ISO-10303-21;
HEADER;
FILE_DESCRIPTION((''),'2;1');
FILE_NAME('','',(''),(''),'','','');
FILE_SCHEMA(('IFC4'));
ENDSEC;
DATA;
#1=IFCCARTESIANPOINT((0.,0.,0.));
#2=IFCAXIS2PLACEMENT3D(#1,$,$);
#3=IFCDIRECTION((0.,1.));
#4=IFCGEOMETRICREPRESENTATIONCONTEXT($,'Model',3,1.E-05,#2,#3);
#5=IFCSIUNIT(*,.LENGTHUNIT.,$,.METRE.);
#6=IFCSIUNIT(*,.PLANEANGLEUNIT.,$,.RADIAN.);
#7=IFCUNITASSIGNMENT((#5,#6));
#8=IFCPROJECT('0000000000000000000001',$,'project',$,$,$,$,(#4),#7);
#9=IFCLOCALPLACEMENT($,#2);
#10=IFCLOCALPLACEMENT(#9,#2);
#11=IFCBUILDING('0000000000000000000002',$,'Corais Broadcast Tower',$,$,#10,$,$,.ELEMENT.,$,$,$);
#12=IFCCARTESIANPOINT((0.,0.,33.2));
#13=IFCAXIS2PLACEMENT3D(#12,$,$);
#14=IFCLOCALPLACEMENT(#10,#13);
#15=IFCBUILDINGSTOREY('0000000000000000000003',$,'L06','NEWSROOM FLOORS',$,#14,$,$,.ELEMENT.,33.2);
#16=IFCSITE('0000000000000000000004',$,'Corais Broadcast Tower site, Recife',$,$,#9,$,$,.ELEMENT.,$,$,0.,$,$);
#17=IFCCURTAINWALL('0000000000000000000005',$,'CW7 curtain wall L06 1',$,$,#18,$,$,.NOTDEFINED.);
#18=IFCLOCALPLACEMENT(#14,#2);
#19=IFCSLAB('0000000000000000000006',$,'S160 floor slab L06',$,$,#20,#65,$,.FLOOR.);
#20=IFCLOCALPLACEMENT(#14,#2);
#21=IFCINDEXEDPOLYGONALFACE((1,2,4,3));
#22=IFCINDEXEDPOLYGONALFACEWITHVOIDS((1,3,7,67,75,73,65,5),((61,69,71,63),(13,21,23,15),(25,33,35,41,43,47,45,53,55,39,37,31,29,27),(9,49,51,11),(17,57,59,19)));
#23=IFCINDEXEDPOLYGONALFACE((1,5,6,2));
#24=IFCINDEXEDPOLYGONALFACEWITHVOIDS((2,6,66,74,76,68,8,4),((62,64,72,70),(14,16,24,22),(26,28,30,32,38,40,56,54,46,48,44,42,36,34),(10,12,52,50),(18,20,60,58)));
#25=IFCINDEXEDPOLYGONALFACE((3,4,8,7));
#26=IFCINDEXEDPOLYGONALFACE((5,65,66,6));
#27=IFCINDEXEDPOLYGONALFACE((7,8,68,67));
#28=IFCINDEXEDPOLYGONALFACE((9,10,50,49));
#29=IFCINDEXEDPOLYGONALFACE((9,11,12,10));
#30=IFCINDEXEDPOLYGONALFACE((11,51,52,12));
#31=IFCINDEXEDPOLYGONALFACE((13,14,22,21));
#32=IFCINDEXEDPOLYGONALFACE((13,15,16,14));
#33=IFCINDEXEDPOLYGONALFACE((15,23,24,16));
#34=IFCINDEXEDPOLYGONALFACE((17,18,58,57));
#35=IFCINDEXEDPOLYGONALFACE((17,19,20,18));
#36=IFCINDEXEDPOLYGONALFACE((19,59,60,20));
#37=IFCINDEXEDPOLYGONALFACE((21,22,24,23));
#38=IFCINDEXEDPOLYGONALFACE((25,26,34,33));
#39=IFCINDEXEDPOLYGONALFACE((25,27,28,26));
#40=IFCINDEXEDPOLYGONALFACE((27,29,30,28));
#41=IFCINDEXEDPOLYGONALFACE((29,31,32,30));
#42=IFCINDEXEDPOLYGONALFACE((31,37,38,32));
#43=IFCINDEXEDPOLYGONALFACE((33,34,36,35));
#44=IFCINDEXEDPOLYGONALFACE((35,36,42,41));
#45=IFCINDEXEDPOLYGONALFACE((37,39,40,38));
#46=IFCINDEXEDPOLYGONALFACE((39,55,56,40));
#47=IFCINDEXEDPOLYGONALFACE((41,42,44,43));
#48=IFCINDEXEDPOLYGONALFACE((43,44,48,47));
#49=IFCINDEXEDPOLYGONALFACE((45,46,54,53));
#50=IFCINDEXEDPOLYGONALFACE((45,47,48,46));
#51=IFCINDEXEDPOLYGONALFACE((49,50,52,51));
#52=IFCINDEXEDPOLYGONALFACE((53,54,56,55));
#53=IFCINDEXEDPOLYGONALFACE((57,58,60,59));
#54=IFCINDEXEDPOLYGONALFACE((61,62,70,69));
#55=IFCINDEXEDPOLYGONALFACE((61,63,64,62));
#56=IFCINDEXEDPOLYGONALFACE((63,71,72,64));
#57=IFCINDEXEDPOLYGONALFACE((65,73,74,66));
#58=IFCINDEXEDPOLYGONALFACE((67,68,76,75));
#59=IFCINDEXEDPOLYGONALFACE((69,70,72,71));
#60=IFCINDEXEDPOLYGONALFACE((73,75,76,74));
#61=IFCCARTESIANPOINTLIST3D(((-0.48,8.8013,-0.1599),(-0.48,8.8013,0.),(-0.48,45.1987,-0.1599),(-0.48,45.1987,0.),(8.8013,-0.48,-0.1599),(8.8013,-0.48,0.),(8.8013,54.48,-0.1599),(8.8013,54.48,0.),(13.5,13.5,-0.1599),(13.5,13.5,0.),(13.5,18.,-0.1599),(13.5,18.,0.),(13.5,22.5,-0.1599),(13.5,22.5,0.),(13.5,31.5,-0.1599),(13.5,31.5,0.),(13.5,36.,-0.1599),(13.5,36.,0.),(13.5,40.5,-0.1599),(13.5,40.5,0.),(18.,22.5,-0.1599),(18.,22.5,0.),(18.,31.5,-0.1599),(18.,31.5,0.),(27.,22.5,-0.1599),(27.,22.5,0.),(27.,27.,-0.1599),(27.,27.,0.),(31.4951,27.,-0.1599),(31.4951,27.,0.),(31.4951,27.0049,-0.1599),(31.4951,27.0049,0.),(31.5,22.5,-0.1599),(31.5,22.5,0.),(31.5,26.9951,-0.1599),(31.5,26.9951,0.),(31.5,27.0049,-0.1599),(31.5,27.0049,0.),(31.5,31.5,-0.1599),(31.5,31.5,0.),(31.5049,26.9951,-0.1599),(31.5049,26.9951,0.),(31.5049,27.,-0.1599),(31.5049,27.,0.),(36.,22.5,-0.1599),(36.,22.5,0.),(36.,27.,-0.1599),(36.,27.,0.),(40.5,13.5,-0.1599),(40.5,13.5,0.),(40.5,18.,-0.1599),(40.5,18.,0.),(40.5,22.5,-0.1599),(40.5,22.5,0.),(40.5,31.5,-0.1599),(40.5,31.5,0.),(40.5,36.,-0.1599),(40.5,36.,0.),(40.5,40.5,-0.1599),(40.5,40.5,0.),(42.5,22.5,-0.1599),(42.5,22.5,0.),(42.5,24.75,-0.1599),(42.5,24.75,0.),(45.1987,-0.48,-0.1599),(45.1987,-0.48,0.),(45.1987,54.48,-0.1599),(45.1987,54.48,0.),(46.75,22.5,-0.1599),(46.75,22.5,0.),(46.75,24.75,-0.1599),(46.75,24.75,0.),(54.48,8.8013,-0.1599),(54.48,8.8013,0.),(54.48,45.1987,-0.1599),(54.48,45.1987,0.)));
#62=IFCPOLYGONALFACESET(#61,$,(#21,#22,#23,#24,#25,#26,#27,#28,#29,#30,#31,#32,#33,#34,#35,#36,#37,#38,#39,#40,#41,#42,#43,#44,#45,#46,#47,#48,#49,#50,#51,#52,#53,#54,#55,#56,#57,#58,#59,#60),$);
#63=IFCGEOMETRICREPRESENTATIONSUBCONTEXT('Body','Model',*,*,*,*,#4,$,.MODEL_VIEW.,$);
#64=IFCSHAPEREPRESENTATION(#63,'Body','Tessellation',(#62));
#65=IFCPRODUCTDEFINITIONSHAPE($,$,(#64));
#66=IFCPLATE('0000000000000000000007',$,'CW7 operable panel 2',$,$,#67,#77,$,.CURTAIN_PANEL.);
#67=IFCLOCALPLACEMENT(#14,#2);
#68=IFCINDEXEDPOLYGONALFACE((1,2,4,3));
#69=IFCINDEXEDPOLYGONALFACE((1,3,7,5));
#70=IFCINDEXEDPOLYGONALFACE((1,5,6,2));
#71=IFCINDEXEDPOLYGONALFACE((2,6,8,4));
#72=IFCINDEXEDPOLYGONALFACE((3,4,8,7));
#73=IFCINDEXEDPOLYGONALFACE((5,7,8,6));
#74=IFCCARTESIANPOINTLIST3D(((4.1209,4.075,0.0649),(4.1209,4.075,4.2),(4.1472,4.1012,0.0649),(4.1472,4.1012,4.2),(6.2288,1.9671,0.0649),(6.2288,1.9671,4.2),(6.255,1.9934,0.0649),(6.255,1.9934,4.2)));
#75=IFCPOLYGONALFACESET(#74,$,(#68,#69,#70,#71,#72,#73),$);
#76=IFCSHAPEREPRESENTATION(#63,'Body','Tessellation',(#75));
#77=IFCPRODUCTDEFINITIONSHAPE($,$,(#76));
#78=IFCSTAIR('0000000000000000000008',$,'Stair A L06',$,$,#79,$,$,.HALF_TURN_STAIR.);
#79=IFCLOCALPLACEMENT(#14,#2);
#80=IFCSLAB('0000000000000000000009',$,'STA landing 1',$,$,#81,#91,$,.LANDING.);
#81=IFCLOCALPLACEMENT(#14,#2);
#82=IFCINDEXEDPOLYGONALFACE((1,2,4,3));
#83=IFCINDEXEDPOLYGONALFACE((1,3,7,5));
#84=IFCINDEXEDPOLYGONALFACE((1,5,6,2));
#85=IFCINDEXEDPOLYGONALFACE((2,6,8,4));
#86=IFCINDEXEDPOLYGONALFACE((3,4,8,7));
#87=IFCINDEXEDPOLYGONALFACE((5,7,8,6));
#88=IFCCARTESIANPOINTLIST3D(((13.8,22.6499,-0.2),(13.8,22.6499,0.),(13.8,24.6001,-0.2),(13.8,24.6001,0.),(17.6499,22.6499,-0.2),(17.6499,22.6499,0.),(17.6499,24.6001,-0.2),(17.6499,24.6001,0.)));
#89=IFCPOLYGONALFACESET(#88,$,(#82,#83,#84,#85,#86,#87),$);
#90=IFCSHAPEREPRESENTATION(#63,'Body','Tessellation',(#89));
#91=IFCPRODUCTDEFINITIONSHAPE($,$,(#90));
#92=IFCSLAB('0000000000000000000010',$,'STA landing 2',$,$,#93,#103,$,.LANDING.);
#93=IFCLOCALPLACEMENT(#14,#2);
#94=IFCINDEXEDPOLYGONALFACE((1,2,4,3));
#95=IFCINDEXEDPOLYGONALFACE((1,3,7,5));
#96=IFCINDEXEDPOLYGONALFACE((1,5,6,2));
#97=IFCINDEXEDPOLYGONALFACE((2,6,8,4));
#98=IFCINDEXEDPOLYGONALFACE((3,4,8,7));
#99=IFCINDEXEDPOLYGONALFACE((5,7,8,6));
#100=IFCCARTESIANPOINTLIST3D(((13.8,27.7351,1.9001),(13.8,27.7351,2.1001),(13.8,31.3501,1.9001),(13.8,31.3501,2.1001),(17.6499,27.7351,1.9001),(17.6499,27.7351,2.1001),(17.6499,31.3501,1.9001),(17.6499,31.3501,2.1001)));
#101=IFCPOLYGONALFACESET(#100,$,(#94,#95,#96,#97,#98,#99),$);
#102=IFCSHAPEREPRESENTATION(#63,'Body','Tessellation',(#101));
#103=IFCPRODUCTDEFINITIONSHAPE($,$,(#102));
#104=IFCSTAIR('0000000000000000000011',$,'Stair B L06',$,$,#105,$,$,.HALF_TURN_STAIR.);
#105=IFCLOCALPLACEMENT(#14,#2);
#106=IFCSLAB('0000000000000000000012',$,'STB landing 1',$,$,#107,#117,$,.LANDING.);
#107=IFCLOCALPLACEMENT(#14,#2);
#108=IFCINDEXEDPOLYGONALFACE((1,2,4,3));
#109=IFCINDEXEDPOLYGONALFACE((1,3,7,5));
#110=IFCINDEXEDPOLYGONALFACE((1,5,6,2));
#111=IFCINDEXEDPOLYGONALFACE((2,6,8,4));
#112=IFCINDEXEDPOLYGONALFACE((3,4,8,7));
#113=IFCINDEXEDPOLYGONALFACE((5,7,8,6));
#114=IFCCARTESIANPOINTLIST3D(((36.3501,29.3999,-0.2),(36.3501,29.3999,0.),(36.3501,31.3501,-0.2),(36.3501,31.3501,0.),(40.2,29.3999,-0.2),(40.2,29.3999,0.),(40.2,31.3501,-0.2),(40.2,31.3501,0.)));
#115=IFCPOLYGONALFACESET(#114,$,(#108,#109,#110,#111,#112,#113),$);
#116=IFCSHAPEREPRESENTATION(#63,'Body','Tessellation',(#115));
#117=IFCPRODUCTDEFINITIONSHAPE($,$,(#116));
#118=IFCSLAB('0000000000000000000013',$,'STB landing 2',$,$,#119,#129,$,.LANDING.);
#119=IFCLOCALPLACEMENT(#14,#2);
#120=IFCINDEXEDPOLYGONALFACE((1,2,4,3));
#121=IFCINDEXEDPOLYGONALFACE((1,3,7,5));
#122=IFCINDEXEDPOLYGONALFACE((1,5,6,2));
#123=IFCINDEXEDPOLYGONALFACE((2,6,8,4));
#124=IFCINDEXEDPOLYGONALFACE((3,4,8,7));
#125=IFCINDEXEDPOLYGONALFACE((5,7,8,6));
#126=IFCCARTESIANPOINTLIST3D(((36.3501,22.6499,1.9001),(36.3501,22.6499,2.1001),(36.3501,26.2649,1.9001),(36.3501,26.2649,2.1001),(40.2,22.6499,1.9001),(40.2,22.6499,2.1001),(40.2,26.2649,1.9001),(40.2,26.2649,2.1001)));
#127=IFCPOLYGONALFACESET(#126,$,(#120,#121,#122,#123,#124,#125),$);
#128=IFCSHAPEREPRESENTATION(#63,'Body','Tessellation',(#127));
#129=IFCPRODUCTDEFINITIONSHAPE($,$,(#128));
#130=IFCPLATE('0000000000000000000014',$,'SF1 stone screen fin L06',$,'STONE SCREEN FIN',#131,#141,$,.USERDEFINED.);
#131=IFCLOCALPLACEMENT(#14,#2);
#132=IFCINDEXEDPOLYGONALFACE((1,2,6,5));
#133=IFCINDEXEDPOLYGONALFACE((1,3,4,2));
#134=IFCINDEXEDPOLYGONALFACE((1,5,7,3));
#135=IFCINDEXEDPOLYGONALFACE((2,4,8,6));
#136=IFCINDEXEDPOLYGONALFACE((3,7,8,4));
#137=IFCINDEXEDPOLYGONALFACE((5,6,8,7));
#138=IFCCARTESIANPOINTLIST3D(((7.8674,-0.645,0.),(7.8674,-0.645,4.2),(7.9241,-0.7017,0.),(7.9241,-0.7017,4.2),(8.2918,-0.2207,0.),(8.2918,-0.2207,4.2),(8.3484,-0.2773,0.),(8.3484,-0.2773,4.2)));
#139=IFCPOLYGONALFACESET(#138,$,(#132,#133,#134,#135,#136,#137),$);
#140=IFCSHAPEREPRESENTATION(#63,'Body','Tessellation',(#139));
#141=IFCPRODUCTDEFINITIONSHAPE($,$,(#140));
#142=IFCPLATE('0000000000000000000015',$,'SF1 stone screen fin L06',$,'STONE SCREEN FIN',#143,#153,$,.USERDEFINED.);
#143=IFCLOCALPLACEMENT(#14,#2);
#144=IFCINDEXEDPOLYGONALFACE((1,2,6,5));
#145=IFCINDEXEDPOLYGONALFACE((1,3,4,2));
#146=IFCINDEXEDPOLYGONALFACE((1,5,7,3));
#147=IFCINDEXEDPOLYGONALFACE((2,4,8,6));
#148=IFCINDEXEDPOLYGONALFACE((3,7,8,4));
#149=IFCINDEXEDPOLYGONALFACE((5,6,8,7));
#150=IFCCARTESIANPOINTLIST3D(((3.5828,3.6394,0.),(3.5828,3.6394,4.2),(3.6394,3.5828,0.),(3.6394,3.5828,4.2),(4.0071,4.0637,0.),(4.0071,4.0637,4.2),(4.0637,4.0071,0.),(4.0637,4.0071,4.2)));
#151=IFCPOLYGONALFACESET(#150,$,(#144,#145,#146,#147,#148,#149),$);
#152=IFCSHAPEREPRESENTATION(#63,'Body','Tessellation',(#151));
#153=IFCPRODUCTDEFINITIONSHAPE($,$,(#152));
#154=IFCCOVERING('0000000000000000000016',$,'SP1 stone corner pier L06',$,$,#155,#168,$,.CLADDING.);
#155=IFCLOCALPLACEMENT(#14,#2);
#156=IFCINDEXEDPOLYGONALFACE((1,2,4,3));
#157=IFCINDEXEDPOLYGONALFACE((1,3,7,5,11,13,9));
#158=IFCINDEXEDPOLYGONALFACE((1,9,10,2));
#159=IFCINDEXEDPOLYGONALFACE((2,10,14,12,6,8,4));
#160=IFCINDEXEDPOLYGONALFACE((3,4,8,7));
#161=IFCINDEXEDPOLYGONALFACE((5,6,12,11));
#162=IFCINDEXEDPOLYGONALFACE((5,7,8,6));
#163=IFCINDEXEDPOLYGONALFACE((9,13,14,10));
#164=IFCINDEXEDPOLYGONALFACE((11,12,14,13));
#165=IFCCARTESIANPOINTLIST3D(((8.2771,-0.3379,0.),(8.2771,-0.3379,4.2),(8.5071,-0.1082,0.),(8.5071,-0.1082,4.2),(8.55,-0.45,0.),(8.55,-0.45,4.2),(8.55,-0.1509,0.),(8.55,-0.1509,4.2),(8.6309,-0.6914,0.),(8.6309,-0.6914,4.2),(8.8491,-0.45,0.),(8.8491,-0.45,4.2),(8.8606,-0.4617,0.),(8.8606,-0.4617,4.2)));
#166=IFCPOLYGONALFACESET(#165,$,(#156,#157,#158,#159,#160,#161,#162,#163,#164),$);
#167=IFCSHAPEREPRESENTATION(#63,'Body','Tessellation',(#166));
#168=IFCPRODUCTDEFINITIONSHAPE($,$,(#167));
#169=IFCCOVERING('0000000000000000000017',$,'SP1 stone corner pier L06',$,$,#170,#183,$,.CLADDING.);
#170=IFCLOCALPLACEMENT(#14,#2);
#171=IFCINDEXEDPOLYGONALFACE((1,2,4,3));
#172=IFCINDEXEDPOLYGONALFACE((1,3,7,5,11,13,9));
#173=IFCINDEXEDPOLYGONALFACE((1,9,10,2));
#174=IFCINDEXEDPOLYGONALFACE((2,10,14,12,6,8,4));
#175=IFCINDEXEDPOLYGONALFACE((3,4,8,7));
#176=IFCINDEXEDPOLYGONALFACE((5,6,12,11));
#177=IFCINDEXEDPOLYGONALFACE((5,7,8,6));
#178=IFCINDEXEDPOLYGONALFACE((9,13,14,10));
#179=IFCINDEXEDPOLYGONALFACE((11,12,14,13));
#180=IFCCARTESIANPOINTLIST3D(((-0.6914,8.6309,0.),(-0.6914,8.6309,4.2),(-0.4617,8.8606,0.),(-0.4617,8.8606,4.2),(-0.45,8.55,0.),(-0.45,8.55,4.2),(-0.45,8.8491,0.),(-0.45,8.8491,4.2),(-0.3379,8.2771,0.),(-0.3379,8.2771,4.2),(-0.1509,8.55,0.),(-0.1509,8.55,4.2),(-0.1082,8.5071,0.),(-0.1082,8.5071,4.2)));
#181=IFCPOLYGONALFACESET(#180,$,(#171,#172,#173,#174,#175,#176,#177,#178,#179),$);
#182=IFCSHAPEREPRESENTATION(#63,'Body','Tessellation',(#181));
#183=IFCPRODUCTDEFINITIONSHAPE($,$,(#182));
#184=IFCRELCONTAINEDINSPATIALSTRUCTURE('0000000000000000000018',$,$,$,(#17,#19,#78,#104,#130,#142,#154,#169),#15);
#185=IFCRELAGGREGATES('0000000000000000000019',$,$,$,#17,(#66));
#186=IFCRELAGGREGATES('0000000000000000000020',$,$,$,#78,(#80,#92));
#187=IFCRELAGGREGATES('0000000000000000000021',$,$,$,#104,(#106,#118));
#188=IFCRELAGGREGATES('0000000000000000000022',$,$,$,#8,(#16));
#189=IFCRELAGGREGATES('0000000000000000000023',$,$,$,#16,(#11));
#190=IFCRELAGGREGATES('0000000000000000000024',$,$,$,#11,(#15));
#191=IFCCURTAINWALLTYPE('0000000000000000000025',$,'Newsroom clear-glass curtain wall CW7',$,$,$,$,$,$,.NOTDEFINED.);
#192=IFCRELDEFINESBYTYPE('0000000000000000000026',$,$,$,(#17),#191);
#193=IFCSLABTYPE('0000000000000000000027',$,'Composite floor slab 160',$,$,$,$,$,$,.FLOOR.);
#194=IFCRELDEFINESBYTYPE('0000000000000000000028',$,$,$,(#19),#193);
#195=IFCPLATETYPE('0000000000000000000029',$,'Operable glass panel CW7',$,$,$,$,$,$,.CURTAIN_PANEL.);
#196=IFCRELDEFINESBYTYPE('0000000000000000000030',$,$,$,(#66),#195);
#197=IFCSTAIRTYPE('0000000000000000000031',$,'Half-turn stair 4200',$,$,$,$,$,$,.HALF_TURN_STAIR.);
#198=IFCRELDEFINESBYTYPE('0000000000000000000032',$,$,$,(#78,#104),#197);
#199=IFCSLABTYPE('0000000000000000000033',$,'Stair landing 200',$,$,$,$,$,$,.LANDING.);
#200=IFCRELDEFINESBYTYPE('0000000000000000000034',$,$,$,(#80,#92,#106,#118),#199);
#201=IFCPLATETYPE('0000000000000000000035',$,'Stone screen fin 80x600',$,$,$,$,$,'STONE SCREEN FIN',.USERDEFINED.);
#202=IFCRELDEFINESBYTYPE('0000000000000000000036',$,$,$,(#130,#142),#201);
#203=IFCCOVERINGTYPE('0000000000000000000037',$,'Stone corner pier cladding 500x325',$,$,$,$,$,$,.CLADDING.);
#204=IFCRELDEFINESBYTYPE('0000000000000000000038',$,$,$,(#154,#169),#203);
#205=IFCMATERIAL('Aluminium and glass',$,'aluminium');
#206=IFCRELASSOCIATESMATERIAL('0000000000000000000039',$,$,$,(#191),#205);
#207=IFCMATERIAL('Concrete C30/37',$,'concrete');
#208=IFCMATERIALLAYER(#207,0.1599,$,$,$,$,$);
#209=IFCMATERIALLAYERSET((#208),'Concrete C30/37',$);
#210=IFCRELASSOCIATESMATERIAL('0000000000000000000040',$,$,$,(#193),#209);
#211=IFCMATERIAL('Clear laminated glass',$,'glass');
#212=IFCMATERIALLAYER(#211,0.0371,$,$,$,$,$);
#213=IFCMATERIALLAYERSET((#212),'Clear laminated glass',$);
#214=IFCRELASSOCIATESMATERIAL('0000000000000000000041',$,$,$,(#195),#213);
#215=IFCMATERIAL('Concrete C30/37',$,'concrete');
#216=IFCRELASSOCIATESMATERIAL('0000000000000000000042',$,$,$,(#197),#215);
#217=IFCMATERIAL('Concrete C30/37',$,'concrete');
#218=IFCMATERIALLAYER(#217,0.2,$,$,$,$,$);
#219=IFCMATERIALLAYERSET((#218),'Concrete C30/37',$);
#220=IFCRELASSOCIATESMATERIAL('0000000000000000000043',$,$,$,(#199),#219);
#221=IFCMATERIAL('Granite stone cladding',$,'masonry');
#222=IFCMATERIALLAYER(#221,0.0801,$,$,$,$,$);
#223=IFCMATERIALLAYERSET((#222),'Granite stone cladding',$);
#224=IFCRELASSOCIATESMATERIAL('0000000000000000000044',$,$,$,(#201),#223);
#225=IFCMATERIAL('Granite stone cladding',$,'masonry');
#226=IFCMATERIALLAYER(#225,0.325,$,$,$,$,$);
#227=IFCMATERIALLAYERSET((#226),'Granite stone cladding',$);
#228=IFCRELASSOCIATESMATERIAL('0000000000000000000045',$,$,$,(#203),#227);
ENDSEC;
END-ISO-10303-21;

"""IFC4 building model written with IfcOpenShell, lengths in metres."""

from ifc_helpers import new_model, si_unit, direction, frame, origin, origin_2d, place, context, subcontext, project, spatial, polyline, rectangle, outline, extrude, material, layer, layer_set, type_object, element, aggregate, save


model = new_model("IFC4")

# Units and contexts
model_context = context("Model", 3, precision=1e-05, world=origin(), true_north=direction((0.0, 1.0)))
body_context = subcontext(model_context, "Body", "Model", "MODEL_VIEW")
ifc_project = project(units=[si_unit("LENGTHUNIT", "METRE"), si_unit("PLANEANGLEUNIT", "RADIAN")], contexts=[model_context])

# Site, building, storey
site_placement = place(None, origin())
site = spatial("IfcSite", under=ifc_project, at=site_placement, Name="Corais Broadcast Tower site, Recife", CompositionType="ELEMENT", RefElevation=0.0)
building_placement = place(site_placement, origin())
building = spatial("IfcBuilding", under=site, at=building_placement, Name="Corais Broadcast Tower", CompositionType="ELEMENT")
storey_placement = place(building_placement, frame((0.0, 0.0, 33.2)))
storey = spatial("IfcBuildingStorey", under=building, at=storey_placement, Name="L06", Description="NEWSROOM FLOORS", CompositionType="ELEMENT", Elevation=33.2)

# Curtain wall
ifc_material_1 = material(Name="Aluminium and glass", Category="aluminium")
curtain_wall_type = type_object("IfcCurtainWallType", Name="Newsroom clear-glass curtain wall CW7", PredefinedType="NOTDEFINED", material=ifc_material_1)
curtain_wall_placement = place(storey_placement, origin())
curtain_wall = element("IfcCurtainWall", 1, at=curtain_wall_placement, inside=storey, type_object=curtain_wall_type, Name="CW7 curtain wall L06 1", PredefinedType="NOTDEFINED")

# Slab
ifc_material_2 = material(Name="Concrete C30/37", Category="concrete")
ifc_layer_1 = layer(ifc_material_2, 0.1599)
ifc_layer_set_1 = layer_set([ifc_layer_1], Name="Concrete C30/37")
slab_type_1 = type_object("IfcSlabType", Name="Composite floor slab 160", PredefinedType="FLOOR", material=ifc_layer_set_1)
slab_1_placement = place(storey_placement, frame((0.0, 0.0, -0.1599)))
element("IfcSlab", 2, at=slab_1_placement, inside=storey, type_object=slab_type_1, Name="S160 floor slab L06", PredefinedType="FLOOR", context=body_context, shape_type="SweptSolid", body=[
    extrude(outline(polyline([(8.8013, -0.48), (-0.48, 8.8013), (-0.48, 45.1987), (8.8013, 54.48), (45.1987, 54.48), (54.48, 45.1987), (54.48, 8.8013), (45.1987, -0.48), (8.8013, -0.48)]), holes=[polyline([(13.5, 18.0), (40.5, 18.0), (40.5, 13.5), (13.5, 13.5), (13.5, 18.0)]), polyline([(18.0, 22.5), (13.5, 22.5), (13.5, 31.5), (18.0, 31.5), (18.0, 22.5)]), polyline([(13.5, 40.5), (40.5, 40.5), (40.5, 36.0), (13.5, 36.0), (13.5, 40.5)]), polyline([(31.5, 22.5), (27.0, 22.5), (27.0, 27.0), (31.4951, 27.0), (31.4951, 27.0049), (31.5, 27.0049), (31.5, 31.5), (40.5, 31.5), (40.5, 22.5), (36.0, 22.5), (36.0, 27.0), (31.5049, 27.0), (31.5049, 26.9951), (31.5, 26.9951), (31.5, 22.5)]), polyline([(42.5, 22.5), (42.5, 24.75), (46.75, 24.75), (46.75, 22.5), (42.5, 22.5)])]), origin(), (0.0, 0.0, 1.0), 0.1599),
])

# Plate
ifc_material_3 = material(Name="Clear laminated glass", Category="glass")
ifc_layer_2 = layer(ifc_material_3, 0.0371)
ifc_layer_set_2 = layer_set([ifc_layer_2], Name="Clear laminated glass")
plate_type_1 = type_object("IfcPlateType", Name="Operable glass panel CW7", PredefinedType="CURTAIN_PANEL", material=ifc_layer_set_2)
plate_1_placement = place(storey_placement, frame((5.188, 3.0342, 0.0649), z_axis=(0.0, 0.0, 1.0), x_axis=(-0.707107, 0.707107, 0.0)))
plate_1 = element("IfcPlate", 3, at=plate_1_placement, type_object=plate_type_1, Name="CW7 operable panel 2", PredefinedType="CURTAIN_PANEL", context=body_context, shape_type="SweptSolid", body=[
    extrude(rectangle(XDim=2.981, YDim=0.0371, at=origin_2d()), origin(), (0.0, 0.0, 1.0), 4.135),
])
aggregate(curtain_wall, [plate_1])

# Stairs, slabs
ifc_material_4 = material(Name="Concrete C30/37", Category="concrete")
stair_type = type_object("IfcStairType", Name="Half-turn stair 4200", PredefinedType="HALF_TURN_STAIR", material=ifc_material_4)
stair_1_placement = place(storey_placement, origin())
stair_1 = element("IfcStair", 4, at=stair_1_placement, inside=storey, type_object=stair_type, Name="Stair A L06", PredefinedType="HALF_TURN_STAIR")
ifc_material_5 = material(Name="Concrete C30/37", Category="concrete")
ifc_layer_3 = layer(ifc_material_5, 0.2)
ifc_layer_set_3 = layer_set([ifc_layer_3], Name="Concrete C30/37")
slab_type_2 = type_object("IfcSlabType", Name="Stair landing 200", PredefinedType="LANDING", material=ifc_layer_set_3)
slab_2_placement = place(storey_placement, frame((0.0, 0.0, -0.2)))
slab_2 = element("IfcSlab", 5, at=slab_2_placement, type_object=slab_type_2, Name="STA landing 1", PredefinedType="LANDING", context=body_context, shape_type="SweptSolid", body=[
    extrude(outline(polyline([(13.8, 22.6499), (17.6499, 22.6499), (17.6499, 24.6001), (13.8, 24.6001), (13.8, 22.6499)])), origin(), (0.0, 0.0, 1.0), 0.2),
])
slab_3_placement = place(storey_placement, frame((0.0, 0.0, 1.9001)))
slab_3 = element("IfcSlab", 6, at=slab_3_placement, type_object=slab_type_2, Name="STA landing 2", PredefinedType="LANDING", context=body_context, shape_type="SweptSolid", body=[
    extrude(outline(polyline([(13.8, 27.7351), (17.6499, 27.7351), (17.6499, 31.3501), (13.8, 31.3501), (13.8, 27.7351)])), origin(), (0.0, 0.0, 1.0), 0.2),
])
aggregate(stair_1, [slab_2, slab_3])
stair_2_placement = place(storey_placement, origin())
stair_2 = element("IfcStair", 7, at=stair_2_placement, inside=storey, type_object=stair_type, Name="Stair B L06", PredefinedType="HALF_TURN_STAIR")
slab_4_placement = place(storey_placement, frame((0.0, 0.0, -0.2)))
slab_4 = element("IfcSlab", 8, at=slab_4_placement, type_object=slab_type_2, Name="STB landing 1", PredefinedType="LANDING", context=body_context, shape_type="SweptSolid", body=[
    extrude(outline(polyline([(36.3501, 29.3999), (40.2, 29.3999), (40.2, 31.3501), (36.3501, 31.3501), (36.3501, 29.3999)])), origin(), (0.0, 0.0, 1.0), 0.2),
])
slab_5_placement = place(storey_placement, frame((0.0, 0.0, 1.9001)))
slab_5 = element("IfcSlab", 9, at=slab_5_placement, type_object=slab_type_2, Name="STB landing 2", PredefinedType="LANDING", context=body_context, shape_type="SweptSolid", body=[
    extrude(outline(polyline([(36.3501, 22.6499), (40.2, 22.6499), (40.2, 26.2649), (36.3501, 26.2649), (36.3501, 22.6499)])), origin(), (0.0, 0.0, 1.0), 0.2),
])
aggregate(stair_2, [slab_4, slab_5])

# Plates
ifc_material_6 = material(Name="Granite stone cladding", Category="masonry")
ifc_layer_4 = layer(ifc_material_6, 0.0801)
ifc_layer_set_4 = layer_set([ifc_layer_4], Name="Granite stone cladding")
plate_type_2 = type_object("IfcPlateType", Name="Stone screen fin 80x600", ElementType="STONE SCREEN FIN", PredefinedType="USERDEFINED", material=ifc_layer_set_4)
for number, where, z_axis, x_axis, name in (
    (10, (8.1079, -0.4612, 0.0), (0.0, 0.0, 1.0), (-0.707107, 0.707107, 0.0), "SF1 stone screen fin L06"),
    (11, (3.8232, 3.8232, 0.0), (0.0, 0.0, 1.0), (-0.707107, 0.707107, 0.0), "SF1 stone screen fin L06"),
):
    element("IfcPlate", number, at=place(storey_placement, frame(where, z_axis=z_axis, x_axis=x_axis)), inside=storey, type_object=plate_type_2, Name=name, ObjectType="STONE SCREEN FIN", PredefinedType="USERDEFINED", context=body_context, shape_type="SweptSolid", body=[
        extrude(rectangle(XDim=0.0801, YDim=0.6001, at=origin_2d()), origin(), (0.0, 0.0, 1.0), 4.2),
    ])

# Coverings
ifc_material_7 = material(Name="Granite stone cladding", Category="masonry")
ifc_layer_5 = layer(ifc_material_7, 0.325)
ifc_layer_set_5 = layer_set([ifc_layer_5], Name="Granite stone cladding")
covering_type_1 = type_object("IfcCoveringType", Name="Stone corner pier cladding 500x325", PredefinedType="CLADDING", material=ifc_layer_set_5)
covering_1_placement = place(storey_placement, origin())
element("IfcCovering", 12, at=covering_1_placement, inside=storey, type_object=covering_type_1, Name="SP1 stone corner pier L06", PredefinedType="CLADDING", context=body_context, shape_type="SweptSolid", body=[
    extrude(outline(polyline([(8.8606, -0.4617), (8.8491, -0.45), (8.55, -0.45), (8.55, -0.1509), (8.5071, -0.1082), (8.2771, -0.3379), (8.6309, -0.6914), (8.8606, -0.4617)])), origin(), (0.0, 0.0, 1.0), 4.2),
])
covering_2_placement = place(storey_placement, origin())
element("IfcCovering", 13, at=covering_2_placement, inside=storey, type_object=covering_type_1, Name="SP1 stone corner pier L06", PredefinedType="CLADDING", context=body_context, shape_type="SweptSolid", body=[
    extrude(outline(polyline([(-0.45, 8.8491), (-0.4617, 8.8606), (-0.6914, 8.6309), (-0.3379, 8.2771), (-0.1082, 8.5071), (-0.1509, 8.55), (-0.45, 8.55), (-0.45, 8.8491)])), origin(), (0.0, 0.0, 1.0), 4.2),
])

save(model, "model.ifc")
